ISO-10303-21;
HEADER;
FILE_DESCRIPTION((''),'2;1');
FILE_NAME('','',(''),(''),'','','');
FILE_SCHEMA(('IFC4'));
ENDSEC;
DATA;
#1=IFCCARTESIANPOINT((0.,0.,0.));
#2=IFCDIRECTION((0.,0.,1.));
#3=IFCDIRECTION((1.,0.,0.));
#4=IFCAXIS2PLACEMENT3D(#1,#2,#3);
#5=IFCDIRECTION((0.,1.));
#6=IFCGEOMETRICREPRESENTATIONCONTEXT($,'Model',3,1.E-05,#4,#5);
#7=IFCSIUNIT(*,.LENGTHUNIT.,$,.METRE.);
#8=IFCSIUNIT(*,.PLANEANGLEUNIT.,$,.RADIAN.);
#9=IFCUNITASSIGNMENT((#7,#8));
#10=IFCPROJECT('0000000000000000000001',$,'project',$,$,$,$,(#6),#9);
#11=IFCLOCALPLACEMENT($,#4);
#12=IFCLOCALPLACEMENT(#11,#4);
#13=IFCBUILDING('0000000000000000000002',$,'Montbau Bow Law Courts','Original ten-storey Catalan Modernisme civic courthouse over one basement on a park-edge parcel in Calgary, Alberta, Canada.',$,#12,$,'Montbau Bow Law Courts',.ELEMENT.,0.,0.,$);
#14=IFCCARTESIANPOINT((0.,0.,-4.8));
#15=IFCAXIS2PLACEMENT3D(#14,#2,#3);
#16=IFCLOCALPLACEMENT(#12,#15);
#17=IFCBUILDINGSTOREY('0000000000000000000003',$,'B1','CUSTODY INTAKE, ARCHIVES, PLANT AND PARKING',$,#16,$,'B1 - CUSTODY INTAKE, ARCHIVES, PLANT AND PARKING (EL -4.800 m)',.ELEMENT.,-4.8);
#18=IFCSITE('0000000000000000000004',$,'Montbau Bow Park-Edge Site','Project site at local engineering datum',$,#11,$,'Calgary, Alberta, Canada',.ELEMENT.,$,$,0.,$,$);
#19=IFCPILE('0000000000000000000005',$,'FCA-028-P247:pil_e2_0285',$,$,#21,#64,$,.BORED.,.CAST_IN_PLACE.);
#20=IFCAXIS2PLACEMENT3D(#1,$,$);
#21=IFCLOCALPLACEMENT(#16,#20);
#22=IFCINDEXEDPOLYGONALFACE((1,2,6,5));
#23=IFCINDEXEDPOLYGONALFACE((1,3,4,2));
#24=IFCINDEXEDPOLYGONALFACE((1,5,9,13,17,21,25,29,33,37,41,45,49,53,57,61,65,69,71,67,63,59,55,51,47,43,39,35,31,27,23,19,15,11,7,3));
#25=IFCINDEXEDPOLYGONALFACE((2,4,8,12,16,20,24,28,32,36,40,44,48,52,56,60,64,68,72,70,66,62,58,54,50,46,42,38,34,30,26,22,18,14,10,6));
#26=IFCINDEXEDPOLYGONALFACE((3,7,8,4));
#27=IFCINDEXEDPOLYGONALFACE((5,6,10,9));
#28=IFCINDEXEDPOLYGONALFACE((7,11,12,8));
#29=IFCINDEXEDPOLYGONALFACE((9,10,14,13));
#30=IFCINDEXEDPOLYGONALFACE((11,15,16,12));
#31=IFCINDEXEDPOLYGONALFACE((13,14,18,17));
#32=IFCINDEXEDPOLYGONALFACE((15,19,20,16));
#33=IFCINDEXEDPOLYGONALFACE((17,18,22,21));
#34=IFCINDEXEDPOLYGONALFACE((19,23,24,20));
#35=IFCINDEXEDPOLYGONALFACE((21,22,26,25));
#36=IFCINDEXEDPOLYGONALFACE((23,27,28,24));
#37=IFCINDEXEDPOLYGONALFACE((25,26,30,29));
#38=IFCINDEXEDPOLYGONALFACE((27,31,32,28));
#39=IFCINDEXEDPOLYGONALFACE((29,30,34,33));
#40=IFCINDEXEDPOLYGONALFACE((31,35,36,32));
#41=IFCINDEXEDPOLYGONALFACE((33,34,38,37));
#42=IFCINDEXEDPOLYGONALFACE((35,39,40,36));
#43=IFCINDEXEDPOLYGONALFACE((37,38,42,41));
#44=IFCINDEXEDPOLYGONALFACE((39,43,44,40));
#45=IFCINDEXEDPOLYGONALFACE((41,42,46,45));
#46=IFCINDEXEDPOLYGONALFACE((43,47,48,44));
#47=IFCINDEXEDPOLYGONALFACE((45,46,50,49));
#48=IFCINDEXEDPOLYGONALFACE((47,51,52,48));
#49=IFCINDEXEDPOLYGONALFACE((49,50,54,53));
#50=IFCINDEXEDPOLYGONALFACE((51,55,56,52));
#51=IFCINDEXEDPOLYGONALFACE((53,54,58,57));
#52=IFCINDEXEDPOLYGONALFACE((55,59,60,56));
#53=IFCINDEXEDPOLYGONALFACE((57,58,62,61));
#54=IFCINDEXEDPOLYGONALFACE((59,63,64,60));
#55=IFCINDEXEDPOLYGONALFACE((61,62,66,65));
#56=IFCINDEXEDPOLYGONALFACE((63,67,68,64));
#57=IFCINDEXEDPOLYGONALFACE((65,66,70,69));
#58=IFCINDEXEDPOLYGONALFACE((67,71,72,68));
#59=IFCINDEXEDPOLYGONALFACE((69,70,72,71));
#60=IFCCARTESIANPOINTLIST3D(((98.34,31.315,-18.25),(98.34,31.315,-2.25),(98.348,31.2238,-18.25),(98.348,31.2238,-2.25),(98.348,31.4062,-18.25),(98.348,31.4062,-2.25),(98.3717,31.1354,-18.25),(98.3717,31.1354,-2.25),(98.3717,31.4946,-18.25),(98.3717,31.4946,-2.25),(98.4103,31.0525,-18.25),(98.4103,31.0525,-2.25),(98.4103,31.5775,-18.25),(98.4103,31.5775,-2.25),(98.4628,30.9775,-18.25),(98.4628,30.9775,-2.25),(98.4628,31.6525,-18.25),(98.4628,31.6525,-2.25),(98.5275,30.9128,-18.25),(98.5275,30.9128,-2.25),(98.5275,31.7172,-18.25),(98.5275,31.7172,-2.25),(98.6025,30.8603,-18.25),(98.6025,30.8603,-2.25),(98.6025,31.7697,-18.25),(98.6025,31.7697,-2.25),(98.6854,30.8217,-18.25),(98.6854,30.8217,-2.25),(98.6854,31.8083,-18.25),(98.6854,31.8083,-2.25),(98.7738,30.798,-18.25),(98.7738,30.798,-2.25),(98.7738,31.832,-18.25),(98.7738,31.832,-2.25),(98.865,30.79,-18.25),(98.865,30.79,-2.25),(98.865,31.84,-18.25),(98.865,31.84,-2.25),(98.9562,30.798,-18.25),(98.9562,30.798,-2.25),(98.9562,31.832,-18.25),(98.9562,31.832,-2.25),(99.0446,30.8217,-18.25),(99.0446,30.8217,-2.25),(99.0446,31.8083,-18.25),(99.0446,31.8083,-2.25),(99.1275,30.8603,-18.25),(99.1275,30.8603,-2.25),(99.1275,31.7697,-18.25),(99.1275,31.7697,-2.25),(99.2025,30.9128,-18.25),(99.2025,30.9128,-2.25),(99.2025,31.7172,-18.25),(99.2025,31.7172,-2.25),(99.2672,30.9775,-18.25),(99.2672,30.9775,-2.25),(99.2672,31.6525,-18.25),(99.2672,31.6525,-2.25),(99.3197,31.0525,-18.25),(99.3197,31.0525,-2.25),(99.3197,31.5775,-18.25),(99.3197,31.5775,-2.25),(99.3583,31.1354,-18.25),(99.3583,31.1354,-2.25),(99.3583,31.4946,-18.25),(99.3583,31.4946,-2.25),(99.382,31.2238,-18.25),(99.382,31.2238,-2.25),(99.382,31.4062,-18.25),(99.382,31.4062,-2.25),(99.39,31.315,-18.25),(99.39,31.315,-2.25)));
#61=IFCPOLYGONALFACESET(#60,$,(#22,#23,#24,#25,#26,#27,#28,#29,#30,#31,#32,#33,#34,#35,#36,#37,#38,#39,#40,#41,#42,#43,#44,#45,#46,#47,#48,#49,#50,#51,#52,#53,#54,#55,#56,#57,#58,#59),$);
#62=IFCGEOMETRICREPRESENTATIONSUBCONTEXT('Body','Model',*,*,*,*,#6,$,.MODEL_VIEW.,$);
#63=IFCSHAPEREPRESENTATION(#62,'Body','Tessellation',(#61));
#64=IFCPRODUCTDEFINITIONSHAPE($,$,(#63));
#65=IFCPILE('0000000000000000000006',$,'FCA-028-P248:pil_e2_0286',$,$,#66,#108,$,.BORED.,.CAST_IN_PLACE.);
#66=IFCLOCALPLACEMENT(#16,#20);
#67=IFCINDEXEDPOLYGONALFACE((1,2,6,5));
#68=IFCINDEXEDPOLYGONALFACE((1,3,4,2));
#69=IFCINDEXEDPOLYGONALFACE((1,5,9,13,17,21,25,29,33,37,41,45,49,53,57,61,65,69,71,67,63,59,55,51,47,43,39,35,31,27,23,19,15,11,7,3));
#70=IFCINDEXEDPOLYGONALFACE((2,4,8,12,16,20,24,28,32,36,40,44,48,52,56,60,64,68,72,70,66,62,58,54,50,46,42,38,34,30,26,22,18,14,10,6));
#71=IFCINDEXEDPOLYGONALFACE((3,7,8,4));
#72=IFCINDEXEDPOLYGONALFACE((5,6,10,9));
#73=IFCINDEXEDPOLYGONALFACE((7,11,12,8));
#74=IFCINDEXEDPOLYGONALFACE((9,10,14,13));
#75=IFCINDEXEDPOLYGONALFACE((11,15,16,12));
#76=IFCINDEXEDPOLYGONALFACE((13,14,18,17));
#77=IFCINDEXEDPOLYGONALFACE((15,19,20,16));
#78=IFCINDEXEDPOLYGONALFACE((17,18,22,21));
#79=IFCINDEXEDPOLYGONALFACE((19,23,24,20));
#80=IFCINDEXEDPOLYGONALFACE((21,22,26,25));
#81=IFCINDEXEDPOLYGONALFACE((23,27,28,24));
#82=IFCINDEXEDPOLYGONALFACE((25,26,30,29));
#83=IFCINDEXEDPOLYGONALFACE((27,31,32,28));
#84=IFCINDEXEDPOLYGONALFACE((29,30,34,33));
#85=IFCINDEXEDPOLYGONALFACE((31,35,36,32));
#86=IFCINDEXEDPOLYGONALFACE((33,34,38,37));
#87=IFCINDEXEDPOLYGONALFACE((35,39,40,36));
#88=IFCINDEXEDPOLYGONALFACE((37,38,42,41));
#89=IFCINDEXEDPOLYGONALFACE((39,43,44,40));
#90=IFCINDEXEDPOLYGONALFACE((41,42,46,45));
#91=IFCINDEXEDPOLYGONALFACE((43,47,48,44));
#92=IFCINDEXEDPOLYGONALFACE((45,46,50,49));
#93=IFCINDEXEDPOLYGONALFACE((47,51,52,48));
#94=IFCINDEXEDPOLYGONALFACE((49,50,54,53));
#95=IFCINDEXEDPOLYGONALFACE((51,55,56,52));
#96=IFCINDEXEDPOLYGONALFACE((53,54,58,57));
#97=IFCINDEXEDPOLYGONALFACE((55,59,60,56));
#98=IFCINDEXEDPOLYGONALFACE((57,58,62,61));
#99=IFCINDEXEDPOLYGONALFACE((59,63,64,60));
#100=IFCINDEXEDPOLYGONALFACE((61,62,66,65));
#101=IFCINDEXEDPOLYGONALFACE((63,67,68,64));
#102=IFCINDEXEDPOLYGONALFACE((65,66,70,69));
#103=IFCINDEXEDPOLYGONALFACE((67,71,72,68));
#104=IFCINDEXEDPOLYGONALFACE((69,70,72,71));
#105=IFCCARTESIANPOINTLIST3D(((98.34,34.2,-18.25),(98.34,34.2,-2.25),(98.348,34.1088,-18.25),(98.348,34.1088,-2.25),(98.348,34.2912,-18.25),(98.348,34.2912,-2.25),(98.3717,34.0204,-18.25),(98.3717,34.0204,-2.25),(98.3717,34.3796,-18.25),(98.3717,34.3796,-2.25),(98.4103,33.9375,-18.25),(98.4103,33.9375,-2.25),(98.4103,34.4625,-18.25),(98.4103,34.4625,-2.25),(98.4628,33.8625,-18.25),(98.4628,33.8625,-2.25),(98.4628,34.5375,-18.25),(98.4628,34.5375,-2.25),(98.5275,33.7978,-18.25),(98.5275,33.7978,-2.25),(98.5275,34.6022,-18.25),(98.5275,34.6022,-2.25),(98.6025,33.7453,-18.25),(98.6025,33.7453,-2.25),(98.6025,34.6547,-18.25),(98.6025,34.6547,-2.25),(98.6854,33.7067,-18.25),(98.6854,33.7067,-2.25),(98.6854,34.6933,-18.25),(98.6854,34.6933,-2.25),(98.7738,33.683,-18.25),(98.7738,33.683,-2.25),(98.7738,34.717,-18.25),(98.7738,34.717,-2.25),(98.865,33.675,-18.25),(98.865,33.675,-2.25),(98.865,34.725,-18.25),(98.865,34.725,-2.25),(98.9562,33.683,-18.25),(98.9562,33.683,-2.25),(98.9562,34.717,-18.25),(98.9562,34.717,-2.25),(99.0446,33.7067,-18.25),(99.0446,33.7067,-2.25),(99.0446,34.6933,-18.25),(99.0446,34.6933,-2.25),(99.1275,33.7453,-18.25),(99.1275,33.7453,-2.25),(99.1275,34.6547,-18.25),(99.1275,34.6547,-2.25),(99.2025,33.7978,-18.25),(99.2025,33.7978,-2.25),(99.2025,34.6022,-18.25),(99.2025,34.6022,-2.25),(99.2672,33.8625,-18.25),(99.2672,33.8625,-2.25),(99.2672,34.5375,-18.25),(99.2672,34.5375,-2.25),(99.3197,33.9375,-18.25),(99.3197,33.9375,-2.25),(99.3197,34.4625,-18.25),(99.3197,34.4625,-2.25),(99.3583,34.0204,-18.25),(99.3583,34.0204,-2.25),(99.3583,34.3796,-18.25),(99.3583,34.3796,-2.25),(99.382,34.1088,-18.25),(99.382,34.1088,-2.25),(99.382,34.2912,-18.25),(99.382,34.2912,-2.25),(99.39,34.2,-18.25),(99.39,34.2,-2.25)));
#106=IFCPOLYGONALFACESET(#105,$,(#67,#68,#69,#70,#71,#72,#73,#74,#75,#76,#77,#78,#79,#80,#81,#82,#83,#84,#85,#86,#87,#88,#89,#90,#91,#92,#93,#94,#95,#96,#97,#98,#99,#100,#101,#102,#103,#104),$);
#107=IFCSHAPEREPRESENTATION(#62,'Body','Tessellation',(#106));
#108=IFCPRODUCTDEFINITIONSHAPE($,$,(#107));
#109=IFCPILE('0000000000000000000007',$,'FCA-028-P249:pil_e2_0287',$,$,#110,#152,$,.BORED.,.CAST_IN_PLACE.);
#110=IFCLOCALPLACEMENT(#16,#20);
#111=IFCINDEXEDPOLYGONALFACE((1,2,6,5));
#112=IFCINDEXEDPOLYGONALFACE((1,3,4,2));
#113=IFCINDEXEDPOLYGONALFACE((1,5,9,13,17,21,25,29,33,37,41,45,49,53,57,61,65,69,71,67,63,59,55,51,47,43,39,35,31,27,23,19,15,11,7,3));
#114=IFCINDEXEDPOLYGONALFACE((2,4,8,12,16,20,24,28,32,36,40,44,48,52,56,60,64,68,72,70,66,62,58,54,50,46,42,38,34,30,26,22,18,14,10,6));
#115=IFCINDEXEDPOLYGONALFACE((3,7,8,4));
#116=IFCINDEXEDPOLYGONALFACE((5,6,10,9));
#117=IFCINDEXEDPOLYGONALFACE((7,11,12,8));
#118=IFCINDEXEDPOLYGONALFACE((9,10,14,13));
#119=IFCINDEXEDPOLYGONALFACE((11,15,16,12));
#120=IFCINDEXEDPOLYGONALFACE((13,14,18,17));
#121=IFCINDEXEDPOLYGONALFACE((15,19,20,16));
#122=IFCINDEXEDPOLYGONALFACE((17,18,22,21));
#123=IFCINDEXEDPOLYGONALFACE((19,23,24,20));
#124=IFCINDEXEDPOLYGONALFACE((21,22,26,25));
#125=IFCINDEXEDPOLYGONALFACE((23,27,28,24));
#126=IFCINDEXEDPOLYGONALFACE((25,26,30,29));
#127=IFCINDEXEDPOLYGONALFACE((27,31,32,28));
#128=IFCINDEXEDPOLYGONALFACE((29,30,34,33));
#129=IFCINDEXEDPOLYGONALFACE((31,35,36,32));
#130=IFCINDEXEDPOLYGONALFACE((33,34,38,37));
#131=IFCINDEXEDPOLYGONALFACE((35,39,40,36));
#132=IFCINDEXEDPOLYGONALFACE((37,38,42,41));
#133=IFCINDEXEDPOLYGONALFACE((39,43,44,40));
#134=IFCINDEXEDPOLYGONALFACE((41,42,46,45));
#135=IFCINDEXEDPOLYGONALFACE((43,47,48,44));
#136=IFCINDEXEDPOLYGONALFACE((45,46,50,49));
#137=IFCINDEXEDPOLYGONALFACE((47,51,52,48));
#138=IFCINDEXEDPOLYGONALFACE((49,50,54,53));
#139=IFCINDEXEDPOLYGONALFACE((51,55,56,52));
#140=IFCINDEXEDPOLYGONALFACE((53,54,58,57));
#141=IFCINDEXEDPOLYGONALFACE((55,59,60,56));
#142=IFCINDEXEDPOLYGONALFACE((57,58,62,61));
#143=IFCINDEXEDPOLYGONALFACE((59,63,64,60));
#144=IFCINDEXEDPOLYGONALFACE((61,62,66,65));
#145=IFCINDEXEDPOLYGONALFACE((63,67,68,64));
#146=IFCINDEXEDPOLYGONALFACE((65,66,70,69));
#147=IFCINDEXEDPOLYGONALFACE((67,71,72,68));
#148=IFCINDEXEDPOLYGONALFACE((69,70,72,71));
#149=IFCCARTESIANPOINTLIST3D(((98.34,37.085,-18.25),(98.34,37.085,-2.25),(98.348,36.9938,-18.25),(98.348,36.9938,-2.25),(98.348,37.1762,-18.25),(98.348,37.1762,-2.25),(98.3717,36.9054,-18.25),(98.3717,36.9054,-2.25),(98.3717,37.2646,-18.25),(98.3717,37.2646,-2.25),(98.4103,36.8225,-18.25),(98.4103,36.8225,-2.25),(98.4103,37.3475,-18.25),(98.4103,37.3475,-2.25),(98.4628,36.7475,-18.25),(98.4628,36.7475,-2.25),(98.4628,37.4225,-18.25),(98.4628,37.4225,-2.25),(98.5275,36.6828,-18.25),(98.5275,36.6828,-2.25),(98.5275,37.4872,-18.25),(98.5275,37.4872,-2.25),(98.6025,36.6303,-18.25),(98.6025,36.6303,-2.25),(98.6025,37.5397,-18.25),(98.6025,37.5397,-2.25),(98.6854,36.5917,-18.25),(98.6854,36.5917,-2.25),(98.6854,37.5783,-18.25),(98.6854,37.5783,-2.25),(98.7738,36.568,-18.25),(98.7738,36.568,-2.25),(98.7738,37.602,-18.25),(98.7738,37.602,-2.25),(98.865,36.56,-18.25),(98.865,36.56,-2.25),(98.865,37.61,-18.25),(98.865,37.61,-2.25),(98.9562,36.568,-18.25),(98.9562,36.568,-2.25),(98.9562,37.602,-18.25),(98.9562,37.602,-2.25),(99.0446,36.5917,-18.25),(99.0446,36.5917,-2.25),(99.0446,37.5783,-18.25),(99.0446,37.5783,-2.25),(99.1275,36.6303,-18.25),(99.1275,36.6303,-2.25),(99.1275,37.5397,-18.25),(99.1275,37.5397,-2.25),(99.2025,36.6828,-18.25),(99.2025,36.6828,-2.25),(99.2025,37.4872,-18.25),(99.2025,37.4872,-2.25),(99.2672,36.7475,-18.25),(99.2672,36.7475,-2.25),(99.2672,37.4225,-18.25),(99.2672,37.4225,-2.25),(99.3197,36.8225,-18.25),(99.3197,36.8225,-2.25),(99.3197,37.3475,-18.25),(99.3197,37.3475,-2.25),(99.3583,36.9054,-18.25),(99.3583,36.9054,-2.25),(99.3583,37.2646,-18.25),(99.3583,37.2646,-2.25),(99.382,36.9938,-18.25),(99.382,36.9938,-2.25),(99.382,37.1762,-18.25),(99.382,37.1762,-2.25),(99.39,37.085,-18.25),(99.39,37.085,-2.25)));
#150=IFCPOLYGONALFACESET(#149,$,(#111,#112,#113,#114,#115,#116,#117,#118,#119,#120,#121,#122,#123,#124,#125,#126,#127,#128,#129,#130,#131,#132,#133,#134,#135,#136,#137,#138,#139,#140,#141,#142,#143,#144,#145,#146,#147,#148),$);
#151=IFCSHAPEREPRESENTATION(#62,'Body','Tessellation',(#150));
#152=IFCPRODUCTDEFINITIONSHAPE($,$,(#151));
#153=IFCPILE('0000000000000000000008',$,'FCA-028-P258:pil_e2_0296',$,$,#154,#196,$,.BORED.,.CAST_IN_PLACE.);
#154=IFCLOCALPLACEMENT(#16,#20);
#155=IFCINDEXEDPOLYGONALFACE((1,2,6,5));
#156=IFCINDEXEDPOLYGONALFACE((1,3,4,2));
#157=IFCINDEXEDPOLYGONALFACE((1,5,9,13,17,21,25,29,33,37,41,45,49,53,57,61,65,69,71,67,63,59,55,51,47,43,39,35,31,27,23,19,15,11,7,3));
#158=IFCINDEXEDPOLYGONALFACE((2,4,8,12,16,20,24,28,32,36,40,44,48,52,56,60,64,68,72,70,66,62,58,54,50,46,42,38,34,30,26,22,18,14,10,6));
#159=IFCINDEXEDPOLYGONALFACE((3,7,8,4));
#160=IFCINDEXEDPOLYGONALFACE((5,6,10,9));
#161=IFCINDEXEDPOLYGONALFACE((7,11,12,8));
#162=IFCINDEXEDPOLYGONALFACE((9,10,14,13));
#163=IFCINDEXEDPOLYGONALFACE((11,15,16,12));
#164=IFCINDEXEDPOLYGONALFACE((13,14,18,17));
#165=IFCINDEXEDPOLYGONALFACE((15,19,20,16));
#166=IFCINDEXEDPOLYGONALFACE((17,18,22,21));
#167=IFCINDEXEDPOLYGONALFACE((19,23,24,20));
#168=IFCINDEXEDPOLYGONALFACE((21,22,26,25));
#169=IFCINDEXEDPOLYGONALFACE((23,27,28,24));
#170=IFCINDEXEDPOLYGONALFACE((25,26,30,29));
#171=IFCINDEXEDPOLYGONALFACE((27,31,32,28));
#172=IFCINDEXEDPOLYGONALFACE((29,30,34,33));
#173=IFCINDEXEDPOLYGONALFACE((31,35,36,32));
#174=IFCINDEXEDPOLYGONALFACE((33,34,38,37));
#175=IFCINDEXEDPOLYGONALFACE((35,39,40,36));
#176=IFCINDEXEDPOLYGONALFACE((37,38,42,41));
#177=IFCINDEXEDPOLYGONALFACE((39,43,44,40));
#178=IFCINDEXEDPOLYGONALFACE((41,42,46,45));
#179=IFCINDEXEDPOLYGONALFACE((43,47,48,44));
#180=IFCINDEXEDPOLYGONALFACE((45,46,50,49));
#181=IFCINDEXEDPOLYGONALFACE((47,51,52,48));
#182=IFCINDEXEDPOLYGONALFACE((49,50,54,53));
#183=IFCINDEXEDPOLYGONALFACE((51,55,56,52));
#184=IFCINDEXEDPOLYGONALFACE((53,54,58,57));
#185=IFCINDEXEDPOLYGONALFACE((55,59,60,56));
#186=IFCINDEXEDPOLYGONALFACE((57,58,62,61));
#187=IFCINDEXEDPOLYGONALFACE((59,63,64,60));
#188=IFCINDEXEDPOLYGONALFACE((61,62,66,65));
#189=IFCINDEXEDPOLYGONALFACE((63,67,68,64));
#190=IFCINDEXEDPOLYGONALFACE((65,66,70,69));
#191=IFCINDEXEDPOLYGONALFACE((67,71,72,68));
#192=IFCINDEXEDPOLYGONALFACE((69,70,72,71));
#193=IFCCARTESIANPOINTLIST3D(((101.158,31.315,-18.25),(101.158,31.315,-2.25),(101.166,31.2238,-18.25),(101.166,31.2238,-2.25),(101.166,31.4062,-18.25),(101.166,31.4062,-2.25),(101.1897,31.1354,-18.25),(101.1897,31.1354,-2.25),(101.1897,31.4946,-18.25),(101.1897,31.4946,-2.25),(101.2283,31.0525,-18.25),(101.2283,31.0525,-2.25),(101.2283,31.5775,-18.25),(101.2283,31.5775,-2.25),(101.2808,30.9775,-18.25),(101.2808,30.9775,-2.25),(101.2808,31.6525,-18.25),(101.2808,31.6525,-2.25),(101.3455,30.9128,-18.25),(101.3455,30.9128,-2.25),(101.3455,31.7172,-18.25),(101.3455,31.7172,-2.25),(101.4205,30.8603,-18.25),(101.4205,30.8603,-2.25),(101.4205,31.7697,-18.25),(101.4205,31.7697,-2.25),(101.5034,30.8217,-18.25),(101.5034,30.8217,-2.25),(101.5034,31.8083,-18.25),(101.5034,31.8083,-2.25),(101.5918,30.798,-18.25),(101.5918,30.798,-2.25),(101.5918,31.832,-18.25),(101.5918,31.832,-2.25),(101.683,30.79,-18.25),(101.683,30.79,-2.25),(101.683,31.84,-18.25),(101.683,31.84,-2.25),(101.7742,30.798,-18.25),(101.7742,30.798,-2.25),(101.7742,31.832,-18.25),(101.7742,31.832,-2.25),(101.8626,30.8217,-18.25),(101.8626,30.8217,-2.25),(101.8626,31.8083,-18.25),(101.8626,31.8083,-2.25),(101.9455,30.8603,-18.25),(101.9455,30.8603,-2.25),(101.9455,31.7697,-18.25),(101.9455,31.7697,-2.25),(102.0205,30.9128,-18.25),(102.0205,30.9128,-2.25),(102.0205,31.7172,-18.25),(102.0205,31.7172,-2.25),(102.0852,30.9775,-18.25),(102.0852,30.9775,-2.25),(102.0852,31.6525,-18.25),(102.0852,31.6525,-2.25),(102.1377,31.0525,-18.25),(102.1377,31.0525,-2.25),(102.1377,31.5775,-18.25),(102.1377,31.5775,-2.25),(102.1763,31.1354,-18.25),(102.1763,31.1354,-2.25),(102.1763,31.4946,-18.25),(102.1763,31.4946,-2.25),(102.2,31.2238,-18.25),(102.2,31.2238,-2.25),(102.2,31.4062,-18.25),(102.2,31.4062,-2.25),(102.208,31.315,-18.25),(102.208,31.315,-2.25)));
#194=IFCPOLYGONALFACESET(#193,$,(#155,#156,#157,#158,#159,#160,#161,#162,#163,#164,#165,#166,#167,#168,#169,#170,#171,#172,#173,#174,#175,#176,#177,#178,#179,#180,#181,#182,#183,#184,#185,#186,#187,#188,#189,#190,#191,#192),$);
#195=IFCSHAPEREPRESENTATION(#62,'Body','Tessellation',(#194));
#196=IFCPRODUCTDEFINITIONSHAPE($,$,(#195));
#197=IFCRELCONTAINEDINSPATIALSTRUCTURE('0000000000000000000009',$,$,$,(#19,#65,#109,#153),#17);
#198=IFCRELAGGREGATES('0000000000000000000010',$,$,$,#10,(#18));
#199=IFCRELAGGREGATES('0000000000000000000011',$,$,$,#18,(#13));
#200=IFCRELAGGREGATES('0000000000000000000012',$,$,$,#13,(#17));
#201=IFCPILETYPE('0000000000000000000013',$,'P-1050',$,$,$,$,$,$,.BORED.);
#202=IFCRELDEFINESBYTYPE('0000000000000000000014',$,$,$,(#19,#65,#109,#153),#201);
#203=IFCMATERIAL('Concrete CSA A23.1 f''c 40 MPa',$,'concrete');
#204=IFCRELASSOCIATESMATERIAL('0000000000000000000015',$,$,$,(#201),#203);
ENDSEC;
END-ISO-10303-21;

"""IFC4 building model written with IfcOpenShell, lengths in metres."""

from ifc_helpers import new_model, si_unit, direction, frame, origin_with_axes, origin_2d_with_axis, place, context, subcontext, project, spatial, circle, extrude, material, material_profile, profile_set, type_object, element, save


model = new_model("IFC4")

# Units and contexts
model_context = context("Model", 3, precision=1e-05, world=origin_with_axes(), true_north=direction((0.0, 1.0)))
body_context = subcontext(model_context, "Body", "Model", "MODEL_VIEW")
ifc_project = project(units=[si_unit("LENGTHUNIT", "METRE"), si_unit("PLANEANGLEUNIT", "RADIAN")], contexts=[model_context])

# Site, building, storey
site_placement = place(None, origin_with_axes())
site = spatial("IfcSite", under=ifc_project, at=site_placement, Name="Montbau Bow Park-Edge Site", Description="Project site at local engineering datum", LongName="Calgary, Alberta, Canada", CompositionType="ELEMENT", RefElevation=0.0)
building_placement = place(site_placement, origin_with_axes())
building = spatial("IfcBuilding", under=site, at=building_placement, Name="Montbau Bow Law Courts", Description="Original ten-storey Catalan Modernisme civic courthouse over one basement on a park-edge parcel in Calgary, Alberta, Canada.", LongName="Montbau Bow Law Courts", CompositionType="ELEMENT", ElevationOfRefHeight=0.0, ElevationOfTerrain=0.0)
storey_placement = place(building_placement, frame((0.0, 0.0, -4.8), z_axis=(0.0, 0.0, 1.0), x_axis=(1.0, 0.0, 0.0)))
storey = spatial("IfcBuildingStorey", under=building, at=storey_placement, Name="B1", Description="CUSTODY INTAKE, ARCHIVES, PLANT AND PARKING", LongName="B1 - CUSTODY INTAKE, ARCHIVES, PLANT AND PARKING (EL -4.800 m)", CompositionType="ELEMENT", Elevation=-4.8)

# Piles
ifc_material_1 = material(Name="Concrete CSA A23.1 f'c 40 MPa", Category="concrete")
ifc_material_profile_1 = material_profile(ifc_material_1, circle(Radius=0.525, at=origin_2d_with_axis()), Name="BP1050", Category="Main", Priority=0)
ifc_profile_set_1 = profile_set([ifc_material_profile_1], Name="Concrete CSA A23.1 f'c 40 MPa")
pile_type = type_object("IfcPileType", Name="P-1050", PredefinedType="BORED", material=ifc_profile_set_1)
for number, where, z_axis, x_axis, name in (
    (1, (98.865, 31.315, -23.05), (0.0, 0.0, 1.0), (1.0, 0.0, 0.0), "FCA-028-P247:pil_e2_0285"),
    (2, (98.865, 34.2, -23.05), (0.0, 0.0, 1.0), (1.0, 0.0, 0.0), "FCA-028-P248:pil_e2_0286"),
    (3, (98.865, 37.085, -23.05), (0.0, 0.0, 1.0), (1.0, 0.0, 0.0), "FCA-028-P249:pil_e2_0287"),
    (4, (101.683, 31.315, -23.05), (0.0, 0.0, 1.0), (1.0, 0.0, 0.0), "FCA-028-P258:pil_e2_0296"),
):
    element("IfcPile", number, at=place(None, frame(where, z_axis=z_axis, x_axis=x_axis)), inside=storey, type_object=pile_type, Name=name, ConstructionType="CAST_IN_PLACE", PredefinedType="BORED", context=body_context, shape_type="SweptSolid", body=[
        extrude(circle(Radius=0.525, at=origin_2d_with_axis()), origin_with_axes(), (0.0, 0.0, 1.0), 16.0),
    ])

save(model, "model.ifc")
